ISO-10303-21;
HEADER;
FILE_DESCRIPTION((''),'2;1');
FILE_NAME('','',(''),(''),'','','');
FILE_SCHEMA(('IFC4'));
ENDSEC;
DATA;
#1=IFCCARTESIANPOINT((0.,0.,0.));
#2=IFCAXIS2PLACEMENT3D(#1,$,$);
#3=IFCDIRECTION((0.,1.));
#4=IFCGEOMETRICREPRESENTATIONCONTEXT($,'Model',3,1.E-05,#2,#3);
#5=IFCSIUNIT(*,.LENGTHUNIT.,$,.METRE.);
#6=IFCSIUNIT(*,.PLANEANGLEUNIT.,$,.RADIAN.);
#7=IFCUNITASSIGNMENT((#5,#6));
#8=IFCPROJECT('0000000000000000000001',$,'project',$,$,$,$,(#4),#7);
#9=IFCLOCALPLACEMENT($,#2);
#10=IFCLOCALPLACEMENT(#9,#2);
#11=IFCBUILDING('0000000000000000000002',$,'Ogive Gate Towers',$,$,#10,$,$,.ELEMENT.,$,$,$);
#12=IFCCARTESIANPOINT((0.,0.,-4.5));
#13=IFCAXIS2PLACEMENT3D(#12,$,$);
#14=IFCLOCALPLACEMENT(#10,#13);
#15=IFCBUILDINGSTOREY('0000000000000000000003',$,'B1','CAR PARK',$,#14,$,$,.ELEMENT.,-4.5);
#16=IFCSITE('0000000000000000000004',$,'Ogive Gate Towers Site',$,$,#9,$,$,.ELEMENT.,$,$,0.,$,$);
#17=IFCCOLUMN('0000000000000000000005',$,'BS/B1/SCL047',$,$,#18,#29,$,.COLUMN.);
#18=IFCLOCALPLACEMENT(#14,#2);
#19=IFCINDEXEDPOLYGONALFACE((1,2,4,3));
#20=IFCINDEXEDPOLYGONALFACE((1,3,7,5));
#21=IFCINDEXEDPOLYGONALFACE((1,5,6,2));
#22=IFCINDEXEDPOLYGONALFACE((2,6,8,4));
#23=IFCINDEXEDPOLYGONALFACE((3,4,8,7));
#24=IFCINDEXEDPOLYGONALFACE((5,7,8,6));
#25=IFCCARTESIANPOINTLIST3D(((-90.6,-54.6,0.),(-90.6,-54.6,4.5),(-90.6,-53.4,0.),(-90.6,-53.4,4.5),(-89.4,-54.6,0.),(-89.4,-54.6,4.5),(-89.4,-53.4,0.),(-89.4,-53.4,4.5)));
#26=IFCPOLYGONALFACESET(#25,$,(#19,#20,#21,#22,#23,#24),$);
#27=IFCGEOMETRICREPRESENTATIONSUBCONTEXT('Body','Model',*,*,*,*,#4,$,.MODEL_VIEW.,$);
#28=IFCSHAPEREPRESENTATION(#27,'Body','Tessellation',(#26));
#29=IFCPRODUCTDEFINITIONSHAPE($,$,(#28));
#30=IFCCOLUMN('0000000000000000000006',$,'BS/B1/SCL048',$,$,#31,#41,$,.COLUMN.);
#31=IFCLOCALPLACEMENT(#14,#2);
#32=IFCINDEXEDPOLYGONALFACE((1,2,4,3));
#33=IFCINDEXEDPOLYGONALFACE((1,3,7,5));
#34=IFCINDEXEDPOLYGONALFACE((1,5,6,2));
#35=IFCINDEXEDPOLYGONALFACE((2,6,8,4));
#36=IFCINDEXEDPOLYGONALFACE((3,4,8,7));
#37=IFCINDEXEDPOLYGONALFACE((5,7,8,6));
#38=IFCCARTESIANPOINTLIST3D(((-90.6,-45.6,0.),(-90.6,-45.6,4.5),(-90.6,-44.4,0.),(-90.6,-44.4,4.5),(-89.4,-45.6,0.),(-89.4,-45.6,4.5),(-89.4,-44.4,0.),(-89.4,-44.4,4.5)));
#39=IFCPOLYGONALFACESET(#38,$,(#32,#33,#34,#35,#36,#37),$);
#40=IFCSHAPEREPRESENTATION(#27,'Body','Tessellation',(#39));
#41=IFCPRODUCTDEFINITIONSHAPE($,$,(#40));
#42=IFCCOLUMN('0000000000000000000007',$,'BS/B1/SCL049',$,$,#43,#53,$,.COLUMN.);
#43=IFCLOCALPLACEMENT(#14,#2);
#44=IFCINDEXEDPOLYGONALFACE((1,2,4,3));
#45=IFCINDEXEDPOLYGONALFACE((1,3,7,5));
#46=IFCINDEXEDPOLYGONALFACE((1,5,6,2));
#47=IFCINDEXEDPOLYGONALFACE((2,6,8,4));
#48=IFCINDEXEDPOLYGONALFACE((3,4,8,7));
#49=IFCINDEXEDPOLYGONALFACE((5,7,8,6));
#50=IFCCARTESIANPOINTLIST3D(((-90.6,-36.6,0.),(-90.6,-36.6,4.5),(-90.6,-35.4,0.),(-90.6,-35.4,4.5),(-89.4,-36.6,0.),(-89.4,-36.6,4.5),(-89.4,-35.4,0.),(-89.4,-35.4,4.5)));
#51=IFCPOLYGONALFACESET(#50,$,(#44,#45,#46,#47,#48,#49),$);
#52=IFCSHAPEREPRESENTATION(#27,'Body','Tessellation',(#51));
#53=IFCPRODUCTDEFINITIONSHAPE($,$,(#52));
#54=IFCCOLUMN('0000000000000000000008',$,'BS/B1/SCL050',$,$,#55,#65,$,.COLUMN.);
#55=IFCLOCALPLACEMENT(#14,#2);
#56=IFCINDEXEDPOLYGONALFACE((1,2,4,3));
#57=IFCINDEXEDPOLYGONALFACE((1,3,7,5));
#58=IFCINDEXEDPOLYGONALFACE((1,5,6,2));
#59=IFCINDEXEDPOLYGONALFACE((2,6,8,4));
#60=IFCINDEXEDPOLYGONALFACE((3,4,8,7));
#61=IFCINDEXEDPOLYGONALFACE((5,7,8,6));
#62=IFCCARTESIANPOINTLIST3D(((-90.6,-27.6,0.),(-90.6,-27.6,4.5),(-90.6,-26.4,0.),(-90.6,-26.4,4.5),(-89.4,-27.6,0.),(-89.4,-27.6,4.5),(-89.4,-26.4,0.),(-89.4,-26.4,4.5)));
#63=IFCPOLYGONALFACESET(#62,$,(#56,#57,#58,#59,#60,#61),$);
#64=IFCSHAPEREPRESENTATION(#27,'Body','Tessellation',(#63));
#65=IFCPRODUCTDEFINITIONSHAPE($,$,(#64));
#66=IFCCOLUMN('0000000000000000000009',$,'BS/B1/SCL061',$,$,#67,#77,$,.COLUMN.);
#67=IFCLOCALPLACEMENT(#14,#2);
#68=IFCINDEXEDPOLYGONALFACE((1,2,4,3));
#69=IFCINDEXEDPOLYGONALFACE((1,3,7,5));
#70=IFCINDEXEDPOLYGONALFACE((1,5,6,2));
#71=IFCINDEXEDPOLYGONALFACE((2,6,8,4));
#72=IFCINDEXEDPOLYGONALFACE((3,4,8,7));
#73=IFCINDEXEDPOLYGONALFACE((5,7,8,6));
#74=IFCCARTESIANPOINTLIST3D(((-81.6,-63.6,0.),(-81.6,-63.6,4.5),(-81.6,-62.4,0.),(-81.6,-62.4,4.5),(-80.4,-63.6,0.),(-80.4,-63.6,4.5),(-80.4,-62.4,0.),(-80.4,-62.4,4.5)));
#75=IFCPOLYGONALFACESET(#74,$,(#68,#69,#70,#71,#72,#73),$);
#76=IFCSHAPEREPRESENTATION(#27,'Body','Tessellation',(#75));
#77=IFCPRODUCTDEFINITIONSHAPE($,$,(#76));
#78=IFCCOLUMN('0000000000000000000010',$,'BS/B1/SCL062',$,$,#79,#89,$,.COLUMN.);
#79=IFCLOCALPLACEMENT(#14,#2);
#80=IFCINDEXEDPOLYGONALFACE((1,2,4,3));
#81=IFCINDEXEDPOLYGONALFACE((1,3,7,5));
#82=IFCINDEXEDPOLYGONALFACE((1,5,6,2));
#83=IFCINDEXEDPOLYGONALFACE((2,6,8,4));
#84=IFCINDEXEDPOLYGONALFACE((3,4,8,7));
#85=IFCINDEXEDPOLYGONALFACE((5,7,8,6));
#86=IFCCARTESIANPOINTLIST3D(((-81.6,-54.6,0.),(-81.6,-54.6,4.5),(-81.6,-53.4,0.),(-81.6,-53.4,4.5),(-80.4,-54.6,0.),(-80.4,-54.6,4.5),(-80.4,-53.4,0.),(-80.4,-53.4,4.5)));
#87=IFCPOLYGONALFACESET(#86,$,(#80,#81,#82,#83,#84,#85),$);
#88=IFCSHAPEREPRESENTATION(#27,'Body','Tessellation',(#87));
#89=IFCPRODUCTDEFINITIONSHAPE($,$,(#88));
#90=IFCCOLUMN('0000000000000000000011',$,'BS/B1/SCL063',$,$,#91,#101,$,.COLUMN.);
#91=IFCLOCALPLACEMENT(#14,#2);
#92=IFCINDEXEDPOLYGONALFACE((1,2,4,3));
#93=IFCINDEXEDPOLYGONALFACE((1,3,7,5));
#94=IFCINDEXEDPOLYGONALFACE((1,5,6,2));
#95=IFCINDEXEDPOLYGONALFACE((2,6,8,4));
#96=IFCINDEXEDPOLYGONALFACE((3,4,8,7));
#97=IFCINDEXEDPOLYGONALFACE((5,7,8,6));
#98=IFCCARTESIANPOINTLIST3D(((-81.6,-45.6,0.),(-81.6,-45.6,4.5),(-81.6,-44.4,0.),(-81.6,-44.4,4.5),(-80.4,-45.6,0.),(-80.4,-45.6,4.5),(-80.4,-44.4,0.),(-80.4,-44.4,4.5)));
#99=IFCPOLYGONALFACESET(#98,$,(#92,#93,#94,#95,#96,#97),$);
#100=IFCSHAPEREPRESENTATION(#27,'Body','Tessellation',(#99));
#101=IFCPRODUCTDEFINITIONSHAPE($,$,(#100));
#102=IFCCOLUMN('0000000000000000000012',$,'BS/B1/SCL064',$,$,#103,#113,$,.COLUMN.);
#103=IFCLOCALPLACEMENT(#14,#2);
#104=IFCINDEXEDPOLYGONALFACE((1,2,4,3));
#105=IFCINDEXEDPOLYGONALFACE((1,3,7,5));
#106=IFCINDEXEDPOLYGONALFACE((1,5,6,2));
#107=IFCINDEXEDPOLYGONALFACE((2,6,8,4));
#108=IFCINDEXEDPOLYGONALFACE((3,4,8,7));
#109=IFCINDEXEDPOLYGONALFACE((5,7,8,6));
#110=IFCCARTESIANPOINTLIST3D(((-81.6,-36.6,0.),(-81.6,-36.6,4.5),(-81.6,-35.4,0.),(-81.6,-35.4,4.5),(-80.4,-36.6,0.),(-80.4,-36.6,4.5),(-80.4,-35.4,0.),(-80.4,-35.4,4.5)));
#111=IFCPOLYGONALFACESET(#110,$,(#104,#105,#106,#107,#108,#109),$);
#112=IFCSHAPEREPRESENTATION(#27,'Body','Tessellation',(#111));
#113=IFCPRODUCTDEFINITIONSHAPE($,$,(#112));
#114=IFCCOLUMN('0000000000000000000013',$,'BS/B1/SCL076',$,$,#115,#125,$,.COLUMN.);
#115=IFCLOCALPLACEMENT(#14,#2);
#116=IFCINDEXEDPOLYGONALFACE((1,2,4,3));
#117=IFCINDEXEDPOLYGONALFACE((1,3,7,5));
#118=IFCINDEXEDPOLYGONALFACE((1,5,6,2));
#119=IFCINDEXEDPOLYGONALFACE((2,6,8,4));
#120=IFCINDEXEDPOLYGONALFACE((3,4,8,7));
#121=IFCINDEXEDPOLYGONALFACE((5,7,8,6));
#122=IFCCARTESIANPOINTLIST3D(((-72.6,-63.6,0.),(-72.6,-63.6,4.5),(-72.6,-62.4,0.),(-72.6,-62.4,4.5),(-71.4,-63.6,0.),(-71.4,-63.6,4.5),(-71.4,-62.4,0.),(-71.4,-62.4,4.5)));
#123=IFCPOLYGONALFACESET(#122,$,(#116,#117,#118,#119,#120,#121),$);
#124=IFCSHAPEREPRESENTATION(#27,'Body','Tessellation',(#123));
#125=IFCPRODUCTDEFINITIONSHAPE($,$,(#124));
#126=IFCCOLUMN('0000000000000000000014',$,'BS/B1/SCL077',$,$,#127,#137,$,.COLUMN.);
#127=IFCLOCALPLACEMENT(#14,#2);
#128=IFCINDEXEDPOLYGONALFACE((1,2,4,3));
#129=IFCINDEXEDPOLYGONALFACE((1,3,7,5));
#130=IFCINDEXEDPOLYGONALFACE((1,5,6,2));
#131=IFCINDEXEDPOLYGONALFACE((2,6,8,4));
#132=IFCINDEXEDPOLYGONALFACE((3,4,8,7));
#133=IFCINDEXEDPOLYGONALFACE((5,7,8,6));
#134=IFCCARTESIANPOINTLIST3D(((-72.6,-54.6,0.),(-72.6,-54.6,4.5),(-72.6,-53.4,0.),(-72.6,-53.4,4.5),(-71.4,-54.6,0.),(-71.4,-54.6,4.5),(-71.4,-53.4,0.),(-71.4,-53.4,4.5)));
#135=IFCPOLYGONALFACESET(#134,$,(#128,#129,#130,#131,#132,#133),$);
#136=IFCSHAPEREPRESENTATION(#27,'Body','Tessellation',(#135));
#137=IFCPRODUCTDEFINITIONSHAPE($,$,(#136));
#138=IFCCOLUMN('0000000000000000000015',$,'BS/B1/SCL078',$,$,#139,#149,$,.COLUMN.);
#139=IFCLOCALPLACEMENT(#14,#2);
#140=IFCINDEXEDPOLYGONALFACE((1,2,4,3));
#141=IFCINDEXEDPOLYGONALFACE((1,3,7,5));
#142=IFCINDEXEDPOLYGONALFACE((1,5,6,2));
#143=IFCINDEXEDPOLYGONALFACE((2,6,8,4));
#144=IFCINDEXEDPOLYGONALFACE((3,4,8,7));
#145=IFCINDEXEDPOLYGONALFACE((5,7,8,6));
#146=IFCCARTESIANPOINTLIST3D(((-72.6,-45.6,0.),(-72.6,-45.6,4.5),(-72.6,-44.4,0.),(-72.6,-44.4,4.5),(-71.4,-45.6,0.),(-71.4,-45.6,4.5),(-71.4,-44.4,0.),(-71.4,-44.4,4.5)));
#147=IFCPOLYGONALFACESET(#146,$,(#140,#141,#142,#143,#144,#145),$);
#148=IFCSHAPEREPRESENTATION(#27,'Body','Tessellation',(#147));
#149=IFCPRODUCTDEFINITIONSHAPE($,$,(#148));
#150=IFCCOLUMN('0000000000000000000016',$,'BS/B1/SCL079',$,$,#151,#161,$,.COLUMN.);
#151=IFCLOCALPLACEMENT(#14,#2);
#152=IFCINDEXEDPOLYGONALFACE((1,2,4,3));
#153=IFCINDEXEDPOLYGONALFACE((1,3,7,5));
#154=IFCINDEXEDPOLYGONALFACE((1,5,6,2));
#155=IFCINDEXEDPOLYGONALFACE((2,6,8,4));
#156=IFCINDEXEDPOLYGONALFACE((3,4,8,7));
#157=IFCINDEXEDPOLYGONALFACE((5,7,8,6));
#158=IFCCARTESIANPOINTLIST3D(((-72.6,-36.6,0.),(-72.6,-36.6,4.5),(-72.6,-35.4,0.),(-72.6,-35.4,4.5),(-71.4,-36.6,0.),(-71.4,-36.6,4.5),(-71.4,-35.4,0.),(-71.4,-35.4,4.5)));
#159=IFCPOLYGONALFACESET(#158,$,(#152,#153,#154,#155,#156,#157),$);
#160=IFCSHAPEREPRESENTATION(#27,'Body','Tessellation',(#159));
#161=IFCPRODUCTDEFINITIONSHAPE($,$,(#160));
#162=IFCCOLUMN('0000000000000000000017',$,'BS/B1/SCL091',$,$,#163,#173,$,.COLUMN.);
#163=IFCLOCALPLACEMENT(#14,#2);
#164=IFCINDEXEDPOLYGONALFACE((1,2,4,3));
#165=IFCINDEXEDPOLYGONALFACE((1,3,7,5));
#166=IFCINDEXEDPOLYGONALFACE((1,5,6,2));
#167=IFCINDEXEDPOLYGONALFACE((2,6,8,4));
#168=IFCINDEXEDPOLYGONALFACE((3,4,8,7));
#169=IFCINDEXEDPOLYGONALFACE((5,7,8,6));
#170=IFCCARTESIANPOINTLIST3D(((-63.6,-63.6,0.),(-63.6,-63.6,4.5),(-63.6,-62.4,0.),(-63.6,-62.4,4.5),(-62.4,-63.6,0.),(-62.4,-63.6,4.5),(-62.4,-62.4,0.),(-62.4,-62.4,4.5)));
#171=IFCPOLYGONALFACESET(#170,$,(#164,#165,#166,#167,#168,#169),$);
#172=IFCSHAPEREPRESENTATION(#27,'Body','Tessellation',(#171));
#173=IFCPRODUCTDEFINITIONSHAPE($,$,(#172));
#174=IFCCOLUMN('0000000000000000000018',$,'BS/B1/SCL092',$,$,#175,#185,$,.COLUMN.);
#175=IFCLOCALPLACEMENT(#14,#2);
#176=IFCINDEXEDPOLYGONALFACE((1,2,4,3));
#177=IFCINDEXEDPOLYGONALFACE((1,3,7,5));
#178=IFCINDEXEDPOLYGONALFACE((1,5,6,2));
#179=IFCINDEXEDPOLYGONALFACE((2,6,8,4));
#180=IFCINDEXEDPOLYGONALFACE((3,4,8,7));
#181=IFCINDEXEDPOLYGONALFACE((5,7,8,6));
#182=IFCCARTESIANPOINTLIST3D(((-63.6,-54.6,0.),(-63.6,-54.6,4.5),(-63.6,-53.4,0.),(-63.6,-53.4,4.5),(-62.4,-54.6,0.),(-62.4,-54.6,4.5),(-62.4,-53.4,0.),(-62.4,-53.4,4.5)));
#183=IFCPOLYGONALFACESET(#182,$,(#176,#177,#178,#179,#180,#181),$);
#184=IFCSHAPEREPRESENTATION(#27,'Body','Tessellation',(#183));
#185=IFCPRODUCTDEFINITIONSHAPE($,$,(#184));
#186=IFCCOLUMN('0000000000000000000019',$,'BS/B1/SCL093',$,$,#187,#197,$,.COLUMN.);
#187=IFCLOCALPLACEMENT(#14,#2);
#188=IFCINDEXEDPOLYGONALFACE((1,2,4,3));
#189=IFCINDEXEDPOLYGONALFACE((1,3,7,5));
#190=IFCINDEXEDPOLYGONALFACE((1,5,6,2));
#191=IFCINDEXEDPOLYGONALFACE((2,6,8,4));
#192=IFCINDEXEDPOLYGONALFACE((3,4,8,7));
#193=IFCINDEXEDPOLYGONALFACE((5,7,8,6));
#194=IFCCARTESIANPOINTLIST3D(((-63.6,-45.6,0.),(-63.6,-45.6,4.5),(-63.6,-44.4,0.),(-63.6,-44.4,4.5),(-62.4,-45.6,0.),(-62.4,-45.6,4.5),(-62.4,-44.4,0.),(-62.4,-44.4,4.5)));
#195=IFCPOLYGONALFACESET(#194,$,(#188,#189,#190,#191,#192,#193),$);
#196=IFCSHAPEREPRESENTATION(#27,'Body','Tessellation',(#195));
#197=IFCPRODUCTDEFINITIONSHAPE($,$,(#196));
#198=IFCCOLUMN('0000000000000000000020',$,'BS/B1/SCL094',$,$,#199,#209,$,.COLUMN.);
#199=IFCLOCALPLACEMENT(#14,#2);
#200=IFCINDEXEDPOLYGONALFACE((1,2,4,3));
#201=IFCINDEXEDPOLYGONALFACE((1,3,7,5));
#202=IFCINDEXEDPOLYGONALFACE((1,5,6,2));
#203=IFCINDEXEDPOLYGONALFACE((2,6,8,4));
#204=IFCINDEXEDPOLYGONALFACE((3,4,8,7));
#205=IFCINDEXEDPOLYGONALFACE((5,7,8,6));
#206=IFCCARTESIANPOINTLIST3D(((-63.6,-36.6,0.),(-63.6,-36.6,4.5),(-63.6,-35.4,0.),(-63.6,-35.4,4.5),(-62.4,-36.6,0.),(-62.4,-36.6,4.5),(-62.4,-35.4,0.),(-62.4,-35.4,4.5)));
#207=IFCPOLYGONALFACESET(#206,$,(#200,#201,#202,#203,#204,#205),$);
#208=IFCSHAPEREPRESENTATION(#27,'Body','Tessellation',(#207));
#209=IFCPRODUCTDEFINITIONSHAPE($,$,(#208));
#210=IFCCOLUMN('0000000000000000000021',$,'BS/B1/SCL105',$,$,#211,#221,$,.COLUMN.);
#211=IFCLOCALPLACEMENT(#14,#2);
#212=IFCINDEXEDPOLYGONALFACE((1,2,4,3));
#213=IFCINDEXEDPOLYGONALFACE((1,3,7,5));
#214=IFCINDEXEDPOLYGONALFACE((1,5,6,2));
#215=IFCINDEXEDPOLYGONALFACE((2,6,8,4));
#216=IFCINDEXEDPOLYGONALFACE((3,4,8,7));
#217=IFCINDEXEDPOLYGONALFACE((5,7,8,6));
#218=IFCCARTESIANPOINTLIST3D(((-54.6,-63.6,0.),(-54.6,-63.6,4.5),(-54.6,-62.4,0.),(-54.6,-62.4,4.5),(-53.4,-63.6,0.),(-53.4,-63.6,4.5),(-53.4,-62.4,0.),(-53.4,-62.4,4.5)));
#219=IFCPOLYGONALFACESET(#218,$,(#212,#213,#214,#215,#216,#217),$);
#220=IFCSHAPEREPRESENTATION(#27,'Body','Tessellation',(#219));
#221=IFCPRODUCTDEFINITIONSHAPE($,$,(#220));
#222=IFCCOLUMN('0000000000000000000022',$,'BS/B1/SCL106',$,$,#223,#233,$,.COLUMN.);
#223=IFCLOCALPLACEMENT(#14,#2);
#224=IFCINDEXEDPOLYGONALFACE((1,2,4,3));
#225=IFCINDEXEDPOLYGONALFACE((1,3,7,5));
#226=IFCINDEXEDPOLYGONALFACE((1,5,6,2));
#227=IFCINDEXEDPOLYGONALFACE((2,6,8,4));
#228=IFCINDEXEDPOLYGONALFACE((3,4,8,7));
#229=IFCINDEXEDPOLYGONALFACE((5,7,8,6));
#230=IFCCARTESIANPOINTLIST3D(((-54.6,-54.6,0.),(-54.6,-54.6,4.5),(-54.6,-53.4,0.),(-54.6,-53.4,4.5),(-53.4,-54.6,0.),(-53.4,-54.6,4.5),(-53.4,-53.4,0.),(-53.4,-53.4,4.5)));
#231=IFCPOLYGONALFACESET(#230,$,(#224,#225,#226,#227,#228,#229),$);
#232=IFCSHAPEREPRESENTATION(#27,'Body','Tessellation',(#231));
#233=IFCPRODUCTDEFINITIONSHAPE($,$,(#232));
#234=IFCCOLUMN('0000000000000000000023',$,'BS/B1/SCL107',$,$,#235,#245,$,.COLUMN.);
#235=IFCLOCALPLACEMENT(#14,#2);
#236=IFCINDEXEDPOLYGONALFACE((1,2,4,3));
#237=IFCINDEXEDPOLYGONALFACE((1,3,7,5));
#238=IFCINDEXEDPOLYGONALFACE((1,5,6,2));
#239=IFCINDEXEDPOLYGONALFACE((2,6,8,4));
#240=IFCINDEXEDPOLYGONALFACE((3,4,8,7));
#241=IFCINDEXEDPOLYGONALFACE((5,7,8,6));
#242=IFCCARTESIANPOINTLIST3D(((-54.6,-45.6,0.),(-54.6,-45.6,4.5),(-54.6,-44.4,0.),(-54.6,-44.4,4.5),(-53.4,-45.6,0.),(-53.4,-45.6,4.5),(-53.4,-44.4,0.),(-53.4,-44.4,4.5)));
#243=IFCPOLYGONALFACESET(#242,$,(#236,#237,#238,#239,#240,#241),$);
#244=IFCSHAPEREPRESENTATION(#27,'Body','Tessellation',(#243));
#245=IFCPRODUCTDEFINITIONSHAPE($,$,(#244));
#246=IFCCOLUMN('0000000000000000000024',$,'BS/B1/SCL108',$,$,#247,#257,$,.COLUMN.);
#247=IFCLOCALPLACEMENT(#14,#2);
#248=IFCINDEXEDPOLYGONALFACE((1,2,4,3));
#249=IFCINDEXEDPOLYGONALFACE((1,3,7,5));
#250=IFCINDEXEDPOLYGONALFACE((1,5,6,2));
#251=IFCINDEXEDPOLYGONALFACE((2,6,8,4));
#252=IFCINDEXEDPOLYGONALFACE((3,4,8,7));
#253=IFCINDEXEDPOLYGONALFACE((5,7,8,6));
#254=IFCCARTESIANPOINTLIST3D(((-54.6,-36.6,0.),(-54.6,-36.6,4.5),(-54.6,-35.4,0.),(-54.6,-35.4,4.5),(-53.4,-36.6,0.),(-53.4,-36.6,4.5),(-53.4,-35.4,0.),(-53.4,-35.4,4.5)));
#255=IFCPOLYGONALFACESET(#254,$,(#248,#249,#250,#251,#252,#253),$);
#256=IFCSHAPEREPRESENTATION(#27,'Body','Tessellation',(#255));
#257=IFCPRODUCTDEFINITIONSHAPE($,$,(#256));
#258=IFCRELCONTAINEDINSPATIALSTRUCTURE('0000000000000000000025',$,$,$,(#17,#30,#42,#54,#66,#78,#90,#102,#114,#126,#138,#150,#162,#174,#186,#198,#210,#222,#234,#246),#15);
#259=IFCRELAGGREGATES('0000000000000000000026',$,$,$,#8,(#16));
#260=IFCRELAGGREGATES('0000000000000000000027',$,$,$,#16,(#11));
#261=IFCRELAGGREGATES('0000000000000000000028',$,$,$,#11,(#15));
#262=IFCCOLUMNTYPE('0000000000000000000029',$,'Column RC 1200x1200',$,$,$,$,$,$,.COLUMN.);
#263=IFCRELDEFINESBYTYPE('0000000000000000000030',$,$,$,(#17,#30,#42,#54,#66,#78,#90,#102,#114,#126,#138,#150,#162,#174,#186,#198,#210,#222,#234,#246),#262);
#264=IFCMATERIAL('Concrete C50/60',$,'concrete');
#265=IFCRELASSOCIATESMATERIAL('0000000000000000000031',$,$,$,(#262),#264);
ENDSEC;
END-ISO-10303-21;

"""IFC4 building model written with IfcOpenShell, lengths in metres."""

from ifc_helpers import new_model, si_unit, direction, frame, origin, origin_2d, place, context, subcontext, project, spatial, rectangle, extrude, material, material_profile, profile_set, type_object, element, save


model = new_model("IFC4")

# Units and contexts
model_context = context("Model", 3, precision=1e-05, world=origin(), true_north=direction((0.0, 1.0)))
body_context = subcontext(model_context, "Body", "Model", "MODEL_VIEW")
ifc_project = project(units=[si_unit("LENGTHUNIT", "METRE"), si_unit("PLANEANGLEUNIT", "RADIAN")], contexts=[model_context])

# Site, building, storey
site_placement = place(None, origin())
site = spatial("IfcSite", under=ifc_project, at=site_placement, Name="Ogive Gate Towers Site", CompositionType="ELEMENT", RefElevation=0.0)
building_placement = place(site_placement, origin())
building = spatial("IfcBuilding", under=site, at=building_placement, Name="Ogive Gate Towers", CompositionType="ELEMENT")
storey_placement = place(building_placement, frame((0.0, 0.0, -4.5)))
storey = spatial("IfcBuildingStorey", under=building, at=storey_placement, Name="B1", Description="CAR PARK", CompositionType="ELEMENT", Elevation=-4.5)

# Columns
ifc_material_1 = material(Name="Concrete C50/60", Category="concrete")
ifc_material_profile = material_profile(ifc_material_1, rectangle(XDim=1.2, YDim=1.2, at=origin_2d()), Name="RC 1200x1200")
ifc_profile_set = profile_set([ifc_material_profile], Name="Concrete C50/60")
column_type = type_object("IfcColumnType", Name="Column RC 1200x1200", PredefinedType="COLUMN", material=ifc_profile_set)
for number, where, z_axis, x_axis, name in (
    (1, (-90.0, -54.0, 0.0), (0.0, 0.0, 1.0), (1.0, 0.0, 0.0), "BS/B1/SCL047"),
    (2, (-90.0, -45.0, 0.0), (0.0, 0.0, 1.0), (1.0, 0.0, 0.0), "BS/B1/SCL048"),
    (3, (-90.0, -36.0, 0.0), (0.0, 0.0, 1.0), (1.0, 0.0, 0.0), "BS/B1/SCL049"),
    (4, (-90.0, -27.0, 0.0), (0.0, 0.0, 1.0), (1.0, 0.0, 0.0), "BS/B1/SCL050"),
    (5, (-81.0, -63.0, 0.0), (0.0, 0.0, 1.0), (1.0, 0.0, 0.0), "BS/B1/SCL061"),
    (6, (-81.0, -54.0, 0.0), (0.0, 0.0, 1.0), (1.0, 0.0, 0.0), "BS/B1/SCL062"),
    (7, (-81.0, -45.0, 0.0), (0.0, 0.0, 1.0), (1.0, 0.0, 0.0), "BS/B1/SCL063"),
    (8, (-81.0, -36.0, 0.0), (0.0, 0.0, 1.0), (1.0, 0.0, 0.0), "BS/B1/SCL064"),
    (9, (-72.0, -63.0, 0.0), (0.0, 0.0, 1.0), (1.0, 0.0, 0.0), "BS/B1/SCL076"),
    (10, (-72.0, -54.0, 0.0), (0.0, 0.0, 1.0), (1.0, 0.0, 0.0), "BS/B1/SCL077"),
    (11, (-72.0, -45.0, 0.0), (0.0, 0.0, 1.0), (1.0, 0.0, 0.0), "BS/B1/SCL078"),
    (12, (-72.0, -36.0, 0.0), (0.0, 0.0, 1.0), (1.0, 0.0, 0.0), "BS/B1/SCL079"),
    (13, (-63.0, -63.0, 0.0), (0.0, 0.0, 1.0), (1.0, 0.0, 0.0), "BS/B1/SCL091"),
    (14, (-63.0, -54.0, 0.0), (0.0, 0.0, 1.0), (1.0, 0.0, 0.0), "BS/B1/SCL092"),
    (15, (-63.0, -45.0, 0.0), (0.0, 0.0, 1.0), (1.0, 0.0, 0.0), "BS/B1/SCL093"),
    (16, (-63.0, -36.0, 0.0), (0.0, 0.0, 1.0), (1.0, 0.0, 0.0), "BS/B1/SCL094"),
    (17, (-54.0, -63.0, 0.0), (0.0, 0.0, 1.0), (1.0, 0.0, 0.0), "BS/B1/SCL105"),
    (18, (-54.0, -54.0, 0.0), (0.0, 0.0, 1.0), (1.0, 0.0, 0.0), "BS/B1/SCL106"),
    (19, (-54.0, -45.0, 0.0), (0.0, 0.0, 1.0), (1.0, 0.0, 0.0), "BS/B1/SCL107"),
    (20, (-54.0, -36.0, 0.0), (0.0, 0.0, 1.0), (1.0, 0.0, 0.0), "BS/B1/SCL108"),
):
    element("IfcColumn", number, at=place(storey_placement, frame(where, z_axis=z_axis, x_axis=x_axis)), inside=storey, type_object=column_type, Name=name, PredefinedType="COLUMN", context=body_context, shape_type="SweptSolid", body=[
        extrude(rectangle(XDim=1.2, YDim=1.2, at=origin_2d()), origin(), (0.0, 0.0, 1.0), 4.5),
    ])

save(model, "model.ifc")
